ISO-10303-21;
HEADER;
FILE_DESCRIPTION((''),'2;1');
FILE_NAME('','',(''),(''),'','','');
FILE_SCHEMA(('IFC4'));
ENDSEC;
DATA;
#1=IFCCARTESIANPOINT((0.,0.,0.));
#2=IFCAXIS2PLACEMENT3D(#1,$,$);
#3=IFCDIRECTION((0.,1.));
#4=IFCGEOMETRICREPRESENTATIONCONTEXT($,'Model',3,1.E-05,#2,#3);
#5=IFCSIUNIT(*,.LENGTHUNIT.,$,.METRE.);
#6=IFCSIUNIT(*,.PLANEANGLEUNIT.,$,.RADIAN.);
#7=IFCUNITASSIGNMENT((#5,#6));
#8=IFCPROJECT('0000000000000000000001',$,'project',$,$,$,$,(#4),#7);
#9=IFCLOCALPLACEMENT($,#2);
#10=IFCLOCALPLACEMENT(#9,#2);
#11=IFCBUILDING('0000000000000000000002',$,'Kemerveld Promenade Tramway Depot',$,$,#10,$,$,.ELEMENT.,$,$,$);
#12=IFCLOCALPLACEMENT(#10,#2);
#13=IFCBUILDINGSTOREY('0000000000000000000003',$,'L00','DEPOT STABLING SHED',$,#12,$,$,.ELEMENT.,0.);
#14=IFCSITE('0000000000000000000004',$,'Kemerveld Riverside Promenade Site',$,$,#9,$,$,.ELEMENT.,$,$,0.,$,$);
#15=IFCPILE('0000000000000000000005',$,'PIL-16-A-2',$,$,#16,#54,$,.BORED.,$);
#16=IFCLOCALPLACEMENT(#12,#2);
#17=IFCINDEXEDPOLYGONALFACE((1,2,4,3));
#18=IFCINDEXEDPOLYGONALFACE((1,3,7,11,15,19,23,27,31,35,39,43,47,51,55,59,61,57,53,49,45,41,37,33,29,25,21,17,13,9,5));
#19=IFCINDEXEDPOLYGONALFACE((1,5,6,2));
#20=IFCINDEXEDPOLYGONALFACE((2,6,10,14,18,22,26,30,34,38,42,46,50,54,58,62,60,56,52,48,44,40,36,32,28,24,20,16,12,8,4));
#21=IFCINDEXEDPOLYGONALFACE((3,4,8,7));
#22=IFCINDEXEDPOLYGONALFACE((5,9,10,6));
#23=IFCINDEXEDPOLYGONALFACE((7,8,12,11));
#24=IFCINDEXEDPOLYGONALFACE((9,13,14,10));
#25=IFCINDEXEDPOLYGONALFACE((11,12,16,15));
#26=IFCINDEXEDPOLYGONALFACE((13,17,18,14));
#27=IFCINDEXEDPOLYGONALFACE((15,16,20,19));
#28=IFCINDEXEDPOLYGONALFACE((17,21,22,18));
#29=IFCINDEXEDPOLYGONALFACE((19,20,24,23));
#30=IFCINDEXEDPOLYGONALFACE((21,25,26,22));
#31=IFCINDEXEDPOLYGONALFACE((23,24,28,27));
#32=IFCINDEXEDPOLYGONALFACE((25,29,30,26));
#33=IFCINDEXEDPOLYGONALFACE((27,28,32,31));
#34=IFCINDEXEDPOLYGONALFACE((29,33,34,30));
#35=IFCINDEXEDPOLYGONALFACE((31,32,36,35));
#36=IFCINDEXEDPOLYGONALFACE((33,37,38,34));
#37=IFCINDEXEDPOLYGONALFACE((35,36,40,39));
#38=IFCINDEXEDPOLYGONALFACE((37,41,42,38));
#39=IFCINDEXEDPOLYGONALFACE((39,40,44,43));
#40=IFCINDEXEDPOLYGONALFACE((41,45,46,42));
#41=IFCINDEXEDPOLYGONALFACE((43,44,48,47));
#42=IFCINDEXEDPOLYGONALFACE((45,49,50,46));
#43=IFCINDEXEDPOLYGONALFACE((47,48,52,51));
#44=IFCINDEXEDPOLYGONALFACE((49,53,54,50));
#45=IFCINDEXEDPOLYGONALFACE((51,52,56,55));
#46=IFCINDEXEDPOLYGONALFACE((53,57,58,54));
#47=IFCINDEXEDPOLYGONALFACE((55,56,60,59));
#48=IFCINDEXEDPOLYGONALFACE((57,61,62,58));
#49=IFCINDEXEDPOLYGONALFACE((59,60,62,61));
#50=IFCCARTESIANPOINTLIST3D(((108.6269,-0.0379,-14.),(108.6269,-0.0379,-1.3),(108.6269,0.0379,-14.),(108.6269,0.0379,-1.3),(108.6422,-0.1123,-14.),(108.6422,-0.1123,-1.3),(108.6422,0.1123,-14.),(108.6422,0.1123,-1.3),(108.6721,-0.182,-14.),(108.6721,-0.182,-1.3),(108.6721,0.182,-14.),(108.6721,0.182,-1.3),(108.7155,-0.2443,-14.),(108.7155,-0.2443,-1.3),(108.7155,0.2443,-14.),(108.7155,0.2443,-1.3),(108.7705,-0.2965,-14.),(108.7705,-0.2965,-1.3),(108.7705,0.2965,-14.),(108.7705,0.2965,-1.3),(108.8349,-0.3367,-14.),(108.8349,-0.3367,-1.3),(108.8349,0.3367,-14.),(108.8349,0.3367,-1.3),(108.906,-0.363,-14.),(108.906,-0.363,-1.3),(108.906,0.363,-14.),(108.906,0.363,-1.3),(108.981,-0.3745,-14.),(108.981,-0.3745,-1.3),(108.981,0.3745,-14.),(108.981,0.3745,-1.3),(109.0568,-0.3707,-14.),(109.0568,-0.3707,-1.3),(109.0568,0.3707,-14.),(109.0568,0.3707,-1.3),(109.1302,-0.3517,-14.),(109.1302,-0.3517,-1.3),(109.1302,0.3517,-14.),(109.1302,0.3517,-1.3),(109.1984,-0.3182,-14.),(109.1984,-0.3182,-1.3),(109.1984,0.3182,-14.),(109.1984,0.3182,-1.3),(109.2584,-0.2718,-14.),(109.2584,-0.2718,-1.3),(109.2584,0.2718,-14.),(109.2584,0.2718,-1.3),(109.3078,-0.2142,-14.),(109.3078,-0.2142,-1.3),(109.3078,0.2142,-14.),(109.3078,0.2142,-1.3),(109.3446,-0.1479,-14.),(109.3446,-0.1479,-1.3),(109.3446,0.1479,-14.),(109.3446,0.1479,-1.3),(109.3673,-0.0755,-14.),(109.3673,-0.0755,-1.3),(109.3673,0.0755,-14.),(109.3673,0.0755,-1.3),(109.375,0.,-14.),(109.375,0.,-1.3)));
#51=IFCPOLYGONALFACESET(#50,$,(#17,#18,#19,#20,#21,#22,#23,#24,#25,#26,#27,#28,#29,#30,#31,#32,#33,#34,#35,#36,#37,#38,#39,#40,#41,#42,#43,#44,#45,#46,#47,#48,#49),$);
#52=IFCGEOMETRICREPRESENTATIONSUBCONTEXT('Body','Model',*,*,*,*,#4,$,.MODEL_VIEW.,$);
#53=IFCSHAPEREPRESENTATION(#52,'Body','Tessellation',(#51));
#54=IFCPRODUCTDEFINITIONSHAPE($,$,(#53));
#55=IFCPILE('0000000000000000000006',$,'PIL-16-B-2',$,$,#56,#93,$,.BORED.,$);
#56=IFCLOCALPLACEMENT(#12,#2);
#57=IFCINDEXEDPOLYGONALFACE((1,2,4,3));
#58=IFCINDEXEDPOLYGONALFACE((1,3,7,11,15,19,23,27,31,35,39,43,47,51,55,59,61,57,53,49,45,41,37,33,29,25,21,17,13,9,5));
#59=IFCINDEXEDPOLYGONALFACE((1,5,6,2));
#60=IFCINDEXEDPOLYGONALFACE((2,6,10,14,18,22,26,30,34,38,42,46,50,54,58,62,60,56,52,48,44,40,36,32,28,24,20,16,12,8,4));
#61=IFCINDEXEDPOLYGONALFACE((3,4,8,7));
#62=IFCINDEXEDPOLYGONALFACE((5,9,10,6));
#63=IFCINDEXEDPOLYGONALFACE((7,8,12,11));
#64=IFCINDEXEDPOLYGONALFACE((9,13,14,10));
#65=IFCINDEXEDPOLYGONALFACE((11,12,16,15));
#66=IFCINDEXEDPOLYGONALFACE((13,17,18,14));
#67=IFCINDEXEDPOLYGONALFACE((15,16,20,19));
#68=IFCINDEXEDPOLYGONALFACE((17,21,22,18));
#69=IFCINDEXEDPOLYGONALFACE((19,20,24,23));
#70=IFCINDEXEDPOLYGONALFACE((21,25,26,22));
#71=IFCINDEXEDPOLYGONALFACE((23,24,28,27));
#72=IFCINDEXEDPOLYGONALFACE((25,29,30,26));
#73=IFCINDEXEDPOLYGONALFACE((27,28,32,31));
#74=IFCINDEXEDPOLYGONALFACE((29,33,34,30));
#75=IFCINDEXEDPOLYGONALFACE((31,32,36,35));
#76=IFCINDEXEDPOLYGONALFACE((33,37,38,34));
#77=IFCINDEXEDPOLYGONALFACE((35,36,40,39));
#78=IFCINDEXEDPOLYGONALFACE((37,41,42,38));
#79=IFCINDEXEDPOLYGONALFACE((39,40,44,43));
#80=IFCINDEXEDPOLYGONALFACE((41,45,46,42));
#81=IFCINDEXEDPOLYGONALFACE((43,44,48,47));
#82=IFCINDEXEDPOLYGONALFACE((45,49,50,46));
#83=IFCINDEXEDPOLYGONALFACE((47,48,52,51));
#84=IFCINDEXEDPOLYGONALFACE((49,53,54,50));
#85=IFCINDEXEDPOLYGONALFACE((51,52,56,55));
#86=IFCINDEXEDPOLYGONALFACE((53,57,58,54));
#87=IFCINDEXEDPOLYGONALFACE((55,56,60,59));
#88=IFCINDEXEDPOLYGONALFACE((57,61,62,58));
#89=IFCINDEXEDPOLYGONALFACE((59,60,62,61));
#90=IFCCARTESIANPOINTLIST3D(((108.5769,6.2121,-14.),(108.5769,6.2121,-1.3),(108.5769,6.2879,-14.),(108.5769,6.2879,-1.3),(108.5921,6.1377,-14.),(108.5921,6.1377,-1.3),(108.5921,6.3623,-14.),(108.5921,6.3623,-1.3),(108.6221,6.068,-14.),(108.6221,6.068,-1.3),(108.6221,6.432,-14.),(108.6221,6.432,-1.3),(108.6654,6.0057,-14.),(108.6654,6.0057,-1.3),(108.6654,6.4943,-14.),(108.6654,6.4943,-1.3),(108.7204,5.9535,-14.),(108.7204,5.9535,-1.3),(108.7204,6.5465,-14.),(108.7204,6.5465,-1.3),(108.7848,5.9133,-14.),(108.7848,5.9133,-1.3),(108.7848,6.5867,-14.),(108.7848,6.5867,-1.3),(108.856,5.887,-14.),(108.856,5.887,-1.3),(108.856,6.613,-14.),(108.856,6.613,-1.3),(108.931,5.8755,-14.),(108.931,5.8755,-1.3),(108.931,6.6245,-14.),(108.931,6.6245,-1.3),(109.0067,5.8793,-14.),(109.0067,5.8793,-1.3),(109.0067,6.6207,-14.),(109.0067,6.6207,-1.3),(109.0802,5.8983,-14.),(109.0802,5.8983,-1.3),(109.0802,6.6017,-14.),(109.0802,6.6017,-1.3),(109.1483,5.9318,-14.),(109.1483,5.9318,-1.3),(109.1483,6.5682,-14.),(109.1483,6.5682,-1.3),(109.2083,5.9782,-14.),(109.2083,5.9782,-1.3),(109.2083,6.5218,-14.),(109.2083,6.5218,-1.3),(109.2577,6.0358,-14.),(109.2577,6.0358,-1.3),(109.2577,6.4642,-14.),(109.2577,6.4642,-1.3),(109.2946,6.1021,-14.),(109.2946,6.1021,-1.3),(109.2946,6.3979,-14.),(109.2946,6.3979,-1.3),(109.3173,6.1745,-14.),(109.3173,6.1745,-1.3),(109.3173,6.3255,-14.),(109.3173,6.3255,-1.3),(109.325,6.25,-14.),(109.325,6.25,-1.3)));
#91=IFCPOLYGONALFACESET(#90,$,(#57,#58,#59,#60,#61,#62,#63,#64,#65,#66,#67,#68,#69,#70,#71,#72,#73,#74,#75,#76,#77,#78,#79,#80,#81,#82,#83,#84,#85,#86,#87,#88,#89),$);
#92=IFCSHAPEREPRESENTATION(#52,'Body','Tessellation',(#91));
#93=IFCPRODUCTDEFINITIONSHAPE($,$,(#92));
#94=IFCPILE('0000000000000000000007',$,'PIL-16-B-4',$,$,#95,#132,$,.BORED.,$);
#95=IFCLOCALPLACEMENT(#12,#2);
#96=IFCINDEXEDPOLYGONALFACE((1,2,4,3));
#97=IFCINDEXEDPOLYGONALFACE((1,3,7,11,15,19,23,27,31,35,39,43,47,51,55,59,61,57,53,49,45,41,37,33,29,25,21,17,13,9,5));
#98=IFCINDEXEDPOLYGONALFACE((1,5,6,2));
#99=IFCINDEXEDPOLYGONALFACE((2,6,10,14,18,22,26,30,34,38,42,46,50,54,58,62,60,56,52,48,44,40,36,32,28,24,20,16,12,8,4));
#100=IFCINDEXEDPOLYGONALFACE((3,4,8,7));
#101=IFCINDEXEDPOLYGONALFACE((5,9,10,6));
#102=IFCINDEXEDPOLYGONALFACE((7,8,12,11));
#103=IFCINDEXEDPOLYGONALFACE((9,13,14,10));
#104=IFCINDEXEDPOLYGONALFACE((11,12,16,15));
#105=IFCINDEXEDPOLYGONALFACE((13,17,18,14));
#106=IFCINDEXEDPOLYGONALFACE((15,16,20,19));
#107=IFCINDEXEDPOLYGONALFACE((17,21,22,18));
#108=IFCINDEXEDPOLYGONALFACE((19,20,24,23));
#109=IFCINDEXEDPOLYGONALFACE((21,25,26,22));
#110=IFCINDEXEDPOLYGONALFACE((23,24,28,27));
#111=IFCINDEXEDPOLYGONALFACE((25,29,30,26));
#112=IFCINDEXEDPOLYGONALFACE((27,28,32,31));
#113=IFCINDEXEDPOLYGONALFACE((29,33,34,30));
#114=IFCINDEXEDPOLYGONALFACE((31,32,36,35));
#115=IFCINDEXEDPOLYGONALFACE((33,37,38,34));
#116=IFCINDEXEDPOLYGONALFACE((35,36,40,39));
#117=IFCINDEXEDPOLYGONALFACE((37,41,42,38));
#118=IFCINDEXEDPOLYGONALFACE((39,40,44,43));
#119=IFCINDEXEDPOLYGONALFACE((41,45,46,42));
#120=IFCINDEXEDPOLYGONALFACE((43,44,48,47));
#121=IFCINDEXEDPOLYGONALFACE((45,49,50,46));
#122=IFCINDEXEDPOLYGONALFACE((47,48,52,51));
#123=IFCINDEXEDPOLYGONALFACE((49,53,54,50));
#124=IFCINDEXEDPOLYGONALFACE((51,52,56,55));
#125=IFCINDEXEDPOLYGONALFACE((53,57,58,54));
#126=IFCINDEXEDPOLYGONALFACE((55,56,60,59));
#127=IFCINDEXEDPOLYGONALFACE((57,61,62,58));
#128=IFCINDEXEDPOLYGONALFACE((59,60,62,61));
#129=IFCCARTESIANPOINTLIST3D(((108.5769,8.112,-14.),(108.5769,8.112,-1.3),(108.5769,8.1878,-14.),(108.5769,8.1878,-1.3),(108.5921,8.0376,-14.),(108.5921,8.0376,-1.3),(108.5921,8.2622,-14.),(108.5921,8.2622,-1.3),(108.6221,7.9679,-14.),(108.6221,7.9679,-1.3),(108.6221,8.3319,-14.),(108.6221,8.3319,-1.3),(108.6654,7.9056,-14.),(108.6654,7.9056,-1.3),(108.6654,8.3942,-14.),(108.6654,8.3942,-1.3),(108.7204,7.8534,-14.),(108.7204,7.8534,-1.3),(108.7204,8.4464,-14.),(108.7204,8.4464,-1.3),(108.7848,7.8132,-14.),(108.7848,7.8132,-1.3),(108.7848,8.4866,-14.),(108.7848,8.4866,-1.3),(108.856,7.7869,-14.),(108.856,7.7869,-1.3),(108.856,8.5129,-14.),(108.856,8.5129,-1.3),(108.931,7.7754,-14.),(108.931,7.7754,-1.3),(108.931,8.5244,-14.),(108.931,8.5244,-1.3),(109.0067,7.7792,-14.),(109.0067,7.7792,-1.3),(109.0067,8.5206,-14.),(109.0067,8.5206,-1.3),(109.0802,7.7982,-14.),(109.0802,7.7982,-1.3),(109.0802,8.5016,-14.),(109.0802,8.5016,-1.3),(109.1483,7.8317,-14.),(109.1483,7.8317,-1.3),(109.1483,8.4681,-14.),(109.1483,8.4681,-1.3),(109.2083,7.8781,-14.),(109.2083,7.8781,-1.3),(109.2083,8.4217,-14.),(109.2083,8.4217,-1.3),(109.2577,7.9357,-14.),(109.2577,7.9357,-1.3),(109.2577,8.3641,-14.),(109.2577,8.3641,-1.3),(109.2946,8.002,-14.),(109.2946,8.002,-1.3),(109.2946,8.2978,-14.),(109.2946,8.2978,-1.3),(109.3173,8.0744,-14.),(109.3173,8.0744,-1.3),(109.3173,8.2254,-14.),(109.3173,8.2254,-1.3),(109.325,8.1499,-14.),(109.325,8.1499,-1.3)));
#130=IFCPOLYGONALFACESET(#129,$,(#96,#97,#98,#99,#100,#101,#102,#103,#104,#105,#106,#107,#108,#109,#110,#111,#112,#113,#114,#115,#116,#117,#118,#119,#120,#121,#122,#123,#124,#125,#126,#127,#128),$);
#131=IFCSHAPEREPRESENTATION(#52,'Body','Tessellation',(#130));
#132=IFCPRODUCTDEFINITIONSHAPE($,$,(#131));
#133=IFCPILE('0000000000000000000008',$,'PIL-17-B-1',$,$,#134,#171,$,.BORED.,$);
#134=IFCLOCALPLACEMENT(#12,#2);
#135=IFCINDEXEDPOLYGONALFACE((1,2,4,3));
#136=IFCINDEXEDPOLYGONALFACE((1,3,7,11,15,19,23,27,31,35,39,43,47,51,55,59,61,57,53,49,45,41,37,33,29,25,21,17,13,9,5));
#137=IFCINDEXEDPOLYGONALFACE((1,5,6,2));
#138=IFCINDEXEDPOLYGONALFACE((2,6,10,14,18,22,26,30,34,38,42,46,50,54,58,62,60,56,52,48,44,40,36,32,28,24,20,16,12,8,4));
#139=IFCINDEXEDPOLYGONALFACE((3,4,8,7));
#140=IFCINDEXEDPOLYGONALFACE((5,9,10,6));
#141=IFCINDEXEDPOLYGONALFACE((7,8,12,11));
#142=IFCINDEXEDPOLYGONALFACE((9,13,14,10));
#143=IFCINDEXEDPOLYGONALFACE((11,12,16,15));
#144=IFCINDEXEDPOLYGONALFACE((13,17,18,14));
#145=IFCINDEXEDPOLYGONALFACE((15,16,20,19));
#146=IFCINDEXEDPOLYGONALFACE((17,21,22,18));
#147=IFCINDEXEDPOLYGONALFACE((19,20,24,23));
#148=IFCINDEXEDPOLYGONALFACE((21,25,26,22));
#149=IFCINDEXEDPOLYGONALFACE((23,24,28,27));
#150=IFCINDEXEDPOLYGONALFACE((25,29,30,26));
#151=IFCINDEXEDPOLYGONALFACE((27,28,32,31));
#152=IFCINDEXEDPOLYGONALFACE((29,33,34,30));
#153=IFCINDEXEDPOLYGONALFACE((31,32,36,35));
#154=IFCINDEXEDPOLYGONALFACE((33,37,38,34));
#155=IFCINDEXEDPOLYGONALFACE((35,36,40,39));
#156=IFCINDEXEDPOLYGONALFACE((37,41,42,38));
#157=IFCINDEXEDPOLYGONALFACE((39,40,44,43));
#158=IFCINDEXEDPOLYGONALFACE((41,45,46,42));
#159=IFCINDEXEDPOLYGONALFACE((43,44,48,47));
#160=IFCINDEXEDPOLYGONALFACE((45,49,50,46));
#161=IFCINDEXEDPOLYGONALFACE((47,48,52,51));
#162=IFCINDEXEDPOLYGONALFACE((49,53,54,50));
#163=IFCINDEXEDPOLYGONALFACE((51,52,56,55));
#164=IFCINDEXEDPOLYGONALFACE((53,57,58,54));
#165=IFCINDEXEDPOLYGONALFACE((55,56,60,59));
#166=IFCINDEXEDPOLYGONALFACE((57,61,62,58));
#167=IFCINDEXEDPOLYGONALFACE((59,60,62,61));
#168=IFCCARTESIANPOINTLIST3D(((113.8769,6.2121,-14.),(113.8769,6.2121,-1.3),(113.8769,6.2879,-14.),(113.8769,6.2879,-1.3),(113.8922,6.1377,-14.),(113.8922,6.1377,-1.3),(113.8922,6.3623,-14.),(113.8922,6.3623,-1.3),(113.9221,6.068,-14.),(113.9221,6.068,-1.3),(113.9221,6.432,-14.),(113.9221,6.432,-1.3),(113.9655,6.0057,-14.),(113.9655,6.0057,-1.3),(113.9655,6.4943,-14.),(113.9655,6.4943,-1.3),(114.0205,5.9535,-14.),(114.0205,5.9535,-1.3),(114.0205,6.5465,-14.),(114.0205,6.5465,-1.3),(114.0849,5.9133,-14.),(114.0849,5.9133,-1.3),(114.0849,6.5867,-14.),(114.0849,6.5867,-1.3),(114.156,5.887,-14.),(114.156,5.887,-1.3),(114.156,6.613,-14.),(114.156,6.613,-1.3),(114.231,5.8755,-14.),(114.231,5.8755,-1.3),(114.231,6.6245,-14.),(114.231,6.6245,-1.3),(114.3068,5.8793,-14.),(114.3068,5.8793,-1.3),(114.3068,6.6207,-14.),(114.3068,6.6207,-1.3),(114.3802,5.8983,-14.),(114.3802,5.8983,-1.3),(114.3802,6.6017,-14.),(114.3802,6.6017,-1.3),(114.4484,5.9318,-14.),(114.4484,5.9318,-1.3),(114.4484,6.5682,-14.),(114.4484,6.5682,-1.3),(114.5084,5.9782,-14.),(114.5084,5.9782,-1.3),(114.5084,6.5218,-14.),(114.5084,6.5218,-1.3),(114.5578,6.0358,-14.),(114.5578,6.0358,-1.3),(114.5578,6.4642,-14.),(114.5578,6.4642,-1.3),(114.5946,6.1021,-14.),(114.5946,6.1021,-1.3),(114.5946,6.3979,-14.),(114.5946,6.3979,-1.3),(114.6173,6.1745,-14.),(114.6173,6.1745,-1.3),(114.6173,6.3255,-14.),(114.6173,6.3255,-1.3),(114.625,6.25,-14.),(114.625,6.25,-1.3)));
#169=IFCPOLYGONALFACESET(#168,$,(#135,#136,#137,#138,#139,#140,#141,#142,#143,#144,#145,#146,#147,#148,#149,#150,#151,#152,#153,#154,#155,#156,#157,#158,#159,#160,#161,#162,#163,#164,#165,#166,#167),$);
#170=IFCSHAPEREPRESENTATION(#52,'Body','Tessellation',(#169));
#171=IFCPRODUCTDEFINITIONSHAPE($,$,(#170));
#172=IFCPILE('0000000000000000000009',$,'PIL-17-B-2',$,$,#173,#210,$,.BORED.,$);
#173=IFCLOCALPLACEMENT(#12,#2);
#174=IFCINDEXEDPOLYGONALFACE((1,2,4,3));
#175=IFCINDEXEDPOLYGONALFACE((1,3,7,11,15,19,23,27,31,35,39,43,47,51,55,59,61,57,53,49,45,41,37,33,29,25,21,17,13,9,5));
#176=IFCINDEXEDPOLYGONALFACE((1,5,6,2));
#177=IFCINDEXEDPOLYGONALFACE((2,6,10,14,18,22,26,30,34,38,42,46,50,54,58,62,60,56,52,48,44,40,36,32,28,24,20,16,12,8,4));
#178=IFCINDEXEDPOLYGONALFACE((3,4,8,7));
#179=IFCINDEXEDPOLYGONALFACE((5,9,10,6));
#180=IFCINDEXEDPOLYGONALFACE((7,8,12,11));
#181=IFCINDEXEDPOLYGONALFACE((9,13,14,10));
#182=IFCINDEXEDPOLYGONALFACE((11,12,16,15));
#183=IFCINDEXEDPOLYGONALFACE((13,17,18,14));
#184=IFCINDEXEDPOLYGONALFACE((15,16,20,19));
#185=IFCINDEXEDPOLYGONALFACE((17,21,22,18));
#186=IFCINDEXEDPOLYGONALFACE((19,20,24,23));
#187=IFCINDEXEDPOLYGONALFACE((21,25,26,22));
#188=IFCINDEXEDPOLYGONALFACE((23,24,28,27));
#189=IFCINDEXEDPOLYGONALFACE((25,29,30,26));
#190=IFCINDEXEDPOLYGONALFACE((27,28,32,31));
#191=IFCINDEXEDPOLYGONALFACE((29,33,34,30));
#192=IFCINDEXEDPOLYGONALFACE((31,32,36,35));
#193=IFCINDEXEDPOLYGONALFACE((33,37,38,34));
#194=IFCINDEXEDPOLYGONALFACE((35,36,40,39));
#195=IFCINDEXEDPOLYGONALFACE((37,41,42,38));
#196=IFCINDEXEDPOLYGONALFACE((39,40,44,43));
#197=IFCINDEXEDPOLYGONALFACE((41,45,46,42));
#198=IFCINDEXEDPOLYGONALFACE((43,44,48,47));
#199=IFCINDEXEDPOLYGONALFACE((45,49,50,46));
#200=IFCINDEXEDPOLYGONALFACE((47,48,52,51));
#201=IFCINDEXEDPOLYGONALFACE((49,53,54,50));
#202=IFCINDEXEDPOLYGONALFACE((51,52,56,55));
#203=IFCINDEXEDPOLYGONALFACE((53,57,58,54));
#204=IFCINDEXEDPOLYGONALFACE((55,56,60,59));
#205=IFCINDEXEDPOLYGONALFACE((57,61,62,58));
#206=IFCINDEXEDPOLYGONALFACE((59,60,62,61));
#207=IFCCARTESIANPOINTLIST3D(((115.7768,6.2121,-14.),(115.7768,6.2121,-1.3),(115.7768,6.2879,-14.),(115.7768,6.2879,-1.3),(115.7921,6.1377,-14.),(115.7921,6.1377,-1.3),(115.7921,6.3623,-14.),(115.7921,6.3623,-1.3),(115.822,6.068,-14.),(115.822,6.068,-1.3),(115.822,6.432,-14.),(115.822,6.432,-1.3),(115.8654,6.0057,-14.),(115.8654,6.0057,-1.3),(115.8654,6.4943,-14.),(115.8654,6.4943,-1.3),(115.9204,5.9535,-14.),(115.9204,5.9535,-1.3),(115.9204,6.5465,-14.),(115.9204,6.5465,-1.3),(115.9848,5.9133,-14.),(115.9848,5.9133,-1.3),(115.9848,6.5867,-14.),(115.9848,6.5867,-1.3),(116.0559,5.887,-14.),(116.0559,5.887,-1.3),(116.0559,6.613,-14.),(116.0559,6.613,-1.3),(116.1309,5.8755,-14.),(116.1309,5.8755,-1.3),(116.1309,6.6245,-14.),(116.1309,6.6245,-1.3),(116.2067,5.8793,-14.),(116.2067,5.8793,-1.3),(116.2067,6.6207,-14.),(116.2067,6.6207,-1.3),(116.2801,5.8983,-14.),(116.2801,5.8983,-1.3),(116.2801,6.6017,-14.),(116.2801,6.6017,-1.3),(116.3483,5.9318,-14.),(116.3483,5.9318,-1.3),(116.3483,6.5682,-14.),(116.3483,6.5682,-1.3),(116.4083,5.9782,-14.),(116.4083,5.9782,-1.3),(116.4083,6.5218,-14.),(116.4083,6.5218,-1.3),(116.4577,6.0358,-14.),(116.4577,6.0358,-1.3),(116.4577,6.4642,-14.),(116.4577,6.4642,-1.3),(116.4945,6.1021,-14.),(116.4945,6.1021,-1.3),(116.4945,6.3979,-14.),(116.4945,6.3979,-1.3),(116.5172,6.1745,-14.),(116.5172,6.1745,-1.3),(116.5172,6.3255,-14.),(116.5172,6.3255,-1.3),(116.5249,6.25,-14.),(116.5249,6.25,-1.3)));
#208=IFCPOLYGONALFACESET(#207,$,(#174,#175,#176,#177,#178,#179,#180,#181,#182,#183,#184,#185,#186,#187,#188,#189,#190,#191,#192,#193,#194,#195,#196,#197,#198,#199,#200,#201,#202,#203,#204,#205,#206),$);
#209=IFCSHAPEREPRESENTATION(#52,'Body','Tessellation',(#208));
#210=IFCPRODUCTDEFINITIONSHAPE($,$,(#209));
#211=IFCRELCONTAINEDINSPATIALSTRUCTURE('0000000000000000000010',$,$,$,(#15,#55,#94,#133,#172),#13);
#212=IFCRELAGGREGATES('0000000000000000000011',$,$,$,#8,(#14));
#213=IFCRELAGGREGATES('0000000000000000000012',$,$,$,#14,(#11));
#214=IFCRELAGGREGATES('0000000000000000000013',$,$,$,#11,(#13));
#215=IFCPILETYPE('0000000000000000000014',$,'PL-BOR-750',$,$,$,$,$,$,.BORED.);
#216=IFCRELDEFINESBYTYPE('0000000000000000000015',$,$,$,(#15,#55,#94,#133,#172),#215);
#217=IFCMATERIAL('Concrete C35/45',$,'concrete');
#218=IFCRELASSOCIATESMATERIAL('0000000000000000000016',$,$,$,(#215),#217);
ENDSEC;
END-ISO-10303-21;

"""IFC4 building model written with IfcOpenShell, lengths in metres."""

from ifc_helpers import new_model, si_unit, direction, frame, origin, origin_2d, place, context, subcontext, project, spatial, circle, extrude, material, material_profile, profile_set, type_object, element, save


model = new_model("IFC4")

# Units and contexts
model_context = context("Model", 3, precision=1e-05, world=origin(), true_north=direction((0.0, 1.0)))
body_context = subcontext(model_context, "Body", "Model", "MODEL_VIEW")
ifc_project = project(units=[si_unit("LENGTHUNIT", "METRE"), si_unit("PLANEANGLEUNIT", "RADIAN")], contexts=[model_context])

# Site, building, storey
site_placement = place(None, origin())
site = spatial("IfcSite", under=ifc_project, at=site_placement, Name="Kemerveld Riverside Promenade Site", CompositionType="ELEMENT", RefElevation=0.0)
building_placement = place(site_placement, origin())
building = spatial("IfcBuilding", under=site, at=building_placement, Name="Kemerveld Promenade Tramway Depot", CompositionType="ELEMENT")
storey_placement = place(building_placement, origin())
storey = spatial("IfcBuildingStorey", under=building, at=storey_placement, Name="L00", Description="DEPOT STABLING SHED", CompositionType="ELEMENT", Elevation=0.0)

# Shared definitions
ifc_material_1 = material(Name="Concrete C35/45", Category="concrete")

# Piles
ifc_material_profile_1 = material_profile(ifc_material_1, circle(Radius=0.375, at=origin_2d()), Name="PILE-D750")
ifc_profile_set_1 = profile_set([ifc_material_profile_1], Name="Concrete C35/45")
pile_type_1 = type_object("IfcPileType", Name="PL-BOR-750", PredefinedType="BORED", material=ifc_profile_set_1)
for number, where, z_axis, x_axis, name in (
    (1, (109.0, 0.0, -1.3), (0.0, 0.0, -1.0), (1.0, 0.0, 0.0), "PIL-16-A-2"),
    (2, (108.95, 6.25, -1.3), (0.0, 0.0, -1.0), (1.0, 0.0, 0.0), "PIL-16-B-2"),
    (3, (108.95, 8.1499, -1.3), (0.0, 0.0, -1.0), (1.0, 0.0, 0.0), "PIL-16-B-4"),
    (4, (114.25, 6.25, -1.3), (0.0, 0.0, -1.0), (1.0, 0.0, 0.0), "PIL-17-B-1"),
    (5, (116.1499, 6.25, -1.3), (0.0, 0.0, -1.0), (1.0, 0.0, 0.0), "PIL-17-B-2"),
):
    element("IfcPile", number, at=place(storey_placement, frame(where, z_axis=z_axis, x_axis=x_axis)), inside=storey, type_object=pile_type_1, Name=name, PredefinedType="BORED", context=body_context, shape_type="SweptSolid", body=[
        extrude(circle(Radius=0.375, at=origin_2d()), origin(), (0.0, 0.0, 1.0), 12.7),
    ])

save(model, "model.ifc")
